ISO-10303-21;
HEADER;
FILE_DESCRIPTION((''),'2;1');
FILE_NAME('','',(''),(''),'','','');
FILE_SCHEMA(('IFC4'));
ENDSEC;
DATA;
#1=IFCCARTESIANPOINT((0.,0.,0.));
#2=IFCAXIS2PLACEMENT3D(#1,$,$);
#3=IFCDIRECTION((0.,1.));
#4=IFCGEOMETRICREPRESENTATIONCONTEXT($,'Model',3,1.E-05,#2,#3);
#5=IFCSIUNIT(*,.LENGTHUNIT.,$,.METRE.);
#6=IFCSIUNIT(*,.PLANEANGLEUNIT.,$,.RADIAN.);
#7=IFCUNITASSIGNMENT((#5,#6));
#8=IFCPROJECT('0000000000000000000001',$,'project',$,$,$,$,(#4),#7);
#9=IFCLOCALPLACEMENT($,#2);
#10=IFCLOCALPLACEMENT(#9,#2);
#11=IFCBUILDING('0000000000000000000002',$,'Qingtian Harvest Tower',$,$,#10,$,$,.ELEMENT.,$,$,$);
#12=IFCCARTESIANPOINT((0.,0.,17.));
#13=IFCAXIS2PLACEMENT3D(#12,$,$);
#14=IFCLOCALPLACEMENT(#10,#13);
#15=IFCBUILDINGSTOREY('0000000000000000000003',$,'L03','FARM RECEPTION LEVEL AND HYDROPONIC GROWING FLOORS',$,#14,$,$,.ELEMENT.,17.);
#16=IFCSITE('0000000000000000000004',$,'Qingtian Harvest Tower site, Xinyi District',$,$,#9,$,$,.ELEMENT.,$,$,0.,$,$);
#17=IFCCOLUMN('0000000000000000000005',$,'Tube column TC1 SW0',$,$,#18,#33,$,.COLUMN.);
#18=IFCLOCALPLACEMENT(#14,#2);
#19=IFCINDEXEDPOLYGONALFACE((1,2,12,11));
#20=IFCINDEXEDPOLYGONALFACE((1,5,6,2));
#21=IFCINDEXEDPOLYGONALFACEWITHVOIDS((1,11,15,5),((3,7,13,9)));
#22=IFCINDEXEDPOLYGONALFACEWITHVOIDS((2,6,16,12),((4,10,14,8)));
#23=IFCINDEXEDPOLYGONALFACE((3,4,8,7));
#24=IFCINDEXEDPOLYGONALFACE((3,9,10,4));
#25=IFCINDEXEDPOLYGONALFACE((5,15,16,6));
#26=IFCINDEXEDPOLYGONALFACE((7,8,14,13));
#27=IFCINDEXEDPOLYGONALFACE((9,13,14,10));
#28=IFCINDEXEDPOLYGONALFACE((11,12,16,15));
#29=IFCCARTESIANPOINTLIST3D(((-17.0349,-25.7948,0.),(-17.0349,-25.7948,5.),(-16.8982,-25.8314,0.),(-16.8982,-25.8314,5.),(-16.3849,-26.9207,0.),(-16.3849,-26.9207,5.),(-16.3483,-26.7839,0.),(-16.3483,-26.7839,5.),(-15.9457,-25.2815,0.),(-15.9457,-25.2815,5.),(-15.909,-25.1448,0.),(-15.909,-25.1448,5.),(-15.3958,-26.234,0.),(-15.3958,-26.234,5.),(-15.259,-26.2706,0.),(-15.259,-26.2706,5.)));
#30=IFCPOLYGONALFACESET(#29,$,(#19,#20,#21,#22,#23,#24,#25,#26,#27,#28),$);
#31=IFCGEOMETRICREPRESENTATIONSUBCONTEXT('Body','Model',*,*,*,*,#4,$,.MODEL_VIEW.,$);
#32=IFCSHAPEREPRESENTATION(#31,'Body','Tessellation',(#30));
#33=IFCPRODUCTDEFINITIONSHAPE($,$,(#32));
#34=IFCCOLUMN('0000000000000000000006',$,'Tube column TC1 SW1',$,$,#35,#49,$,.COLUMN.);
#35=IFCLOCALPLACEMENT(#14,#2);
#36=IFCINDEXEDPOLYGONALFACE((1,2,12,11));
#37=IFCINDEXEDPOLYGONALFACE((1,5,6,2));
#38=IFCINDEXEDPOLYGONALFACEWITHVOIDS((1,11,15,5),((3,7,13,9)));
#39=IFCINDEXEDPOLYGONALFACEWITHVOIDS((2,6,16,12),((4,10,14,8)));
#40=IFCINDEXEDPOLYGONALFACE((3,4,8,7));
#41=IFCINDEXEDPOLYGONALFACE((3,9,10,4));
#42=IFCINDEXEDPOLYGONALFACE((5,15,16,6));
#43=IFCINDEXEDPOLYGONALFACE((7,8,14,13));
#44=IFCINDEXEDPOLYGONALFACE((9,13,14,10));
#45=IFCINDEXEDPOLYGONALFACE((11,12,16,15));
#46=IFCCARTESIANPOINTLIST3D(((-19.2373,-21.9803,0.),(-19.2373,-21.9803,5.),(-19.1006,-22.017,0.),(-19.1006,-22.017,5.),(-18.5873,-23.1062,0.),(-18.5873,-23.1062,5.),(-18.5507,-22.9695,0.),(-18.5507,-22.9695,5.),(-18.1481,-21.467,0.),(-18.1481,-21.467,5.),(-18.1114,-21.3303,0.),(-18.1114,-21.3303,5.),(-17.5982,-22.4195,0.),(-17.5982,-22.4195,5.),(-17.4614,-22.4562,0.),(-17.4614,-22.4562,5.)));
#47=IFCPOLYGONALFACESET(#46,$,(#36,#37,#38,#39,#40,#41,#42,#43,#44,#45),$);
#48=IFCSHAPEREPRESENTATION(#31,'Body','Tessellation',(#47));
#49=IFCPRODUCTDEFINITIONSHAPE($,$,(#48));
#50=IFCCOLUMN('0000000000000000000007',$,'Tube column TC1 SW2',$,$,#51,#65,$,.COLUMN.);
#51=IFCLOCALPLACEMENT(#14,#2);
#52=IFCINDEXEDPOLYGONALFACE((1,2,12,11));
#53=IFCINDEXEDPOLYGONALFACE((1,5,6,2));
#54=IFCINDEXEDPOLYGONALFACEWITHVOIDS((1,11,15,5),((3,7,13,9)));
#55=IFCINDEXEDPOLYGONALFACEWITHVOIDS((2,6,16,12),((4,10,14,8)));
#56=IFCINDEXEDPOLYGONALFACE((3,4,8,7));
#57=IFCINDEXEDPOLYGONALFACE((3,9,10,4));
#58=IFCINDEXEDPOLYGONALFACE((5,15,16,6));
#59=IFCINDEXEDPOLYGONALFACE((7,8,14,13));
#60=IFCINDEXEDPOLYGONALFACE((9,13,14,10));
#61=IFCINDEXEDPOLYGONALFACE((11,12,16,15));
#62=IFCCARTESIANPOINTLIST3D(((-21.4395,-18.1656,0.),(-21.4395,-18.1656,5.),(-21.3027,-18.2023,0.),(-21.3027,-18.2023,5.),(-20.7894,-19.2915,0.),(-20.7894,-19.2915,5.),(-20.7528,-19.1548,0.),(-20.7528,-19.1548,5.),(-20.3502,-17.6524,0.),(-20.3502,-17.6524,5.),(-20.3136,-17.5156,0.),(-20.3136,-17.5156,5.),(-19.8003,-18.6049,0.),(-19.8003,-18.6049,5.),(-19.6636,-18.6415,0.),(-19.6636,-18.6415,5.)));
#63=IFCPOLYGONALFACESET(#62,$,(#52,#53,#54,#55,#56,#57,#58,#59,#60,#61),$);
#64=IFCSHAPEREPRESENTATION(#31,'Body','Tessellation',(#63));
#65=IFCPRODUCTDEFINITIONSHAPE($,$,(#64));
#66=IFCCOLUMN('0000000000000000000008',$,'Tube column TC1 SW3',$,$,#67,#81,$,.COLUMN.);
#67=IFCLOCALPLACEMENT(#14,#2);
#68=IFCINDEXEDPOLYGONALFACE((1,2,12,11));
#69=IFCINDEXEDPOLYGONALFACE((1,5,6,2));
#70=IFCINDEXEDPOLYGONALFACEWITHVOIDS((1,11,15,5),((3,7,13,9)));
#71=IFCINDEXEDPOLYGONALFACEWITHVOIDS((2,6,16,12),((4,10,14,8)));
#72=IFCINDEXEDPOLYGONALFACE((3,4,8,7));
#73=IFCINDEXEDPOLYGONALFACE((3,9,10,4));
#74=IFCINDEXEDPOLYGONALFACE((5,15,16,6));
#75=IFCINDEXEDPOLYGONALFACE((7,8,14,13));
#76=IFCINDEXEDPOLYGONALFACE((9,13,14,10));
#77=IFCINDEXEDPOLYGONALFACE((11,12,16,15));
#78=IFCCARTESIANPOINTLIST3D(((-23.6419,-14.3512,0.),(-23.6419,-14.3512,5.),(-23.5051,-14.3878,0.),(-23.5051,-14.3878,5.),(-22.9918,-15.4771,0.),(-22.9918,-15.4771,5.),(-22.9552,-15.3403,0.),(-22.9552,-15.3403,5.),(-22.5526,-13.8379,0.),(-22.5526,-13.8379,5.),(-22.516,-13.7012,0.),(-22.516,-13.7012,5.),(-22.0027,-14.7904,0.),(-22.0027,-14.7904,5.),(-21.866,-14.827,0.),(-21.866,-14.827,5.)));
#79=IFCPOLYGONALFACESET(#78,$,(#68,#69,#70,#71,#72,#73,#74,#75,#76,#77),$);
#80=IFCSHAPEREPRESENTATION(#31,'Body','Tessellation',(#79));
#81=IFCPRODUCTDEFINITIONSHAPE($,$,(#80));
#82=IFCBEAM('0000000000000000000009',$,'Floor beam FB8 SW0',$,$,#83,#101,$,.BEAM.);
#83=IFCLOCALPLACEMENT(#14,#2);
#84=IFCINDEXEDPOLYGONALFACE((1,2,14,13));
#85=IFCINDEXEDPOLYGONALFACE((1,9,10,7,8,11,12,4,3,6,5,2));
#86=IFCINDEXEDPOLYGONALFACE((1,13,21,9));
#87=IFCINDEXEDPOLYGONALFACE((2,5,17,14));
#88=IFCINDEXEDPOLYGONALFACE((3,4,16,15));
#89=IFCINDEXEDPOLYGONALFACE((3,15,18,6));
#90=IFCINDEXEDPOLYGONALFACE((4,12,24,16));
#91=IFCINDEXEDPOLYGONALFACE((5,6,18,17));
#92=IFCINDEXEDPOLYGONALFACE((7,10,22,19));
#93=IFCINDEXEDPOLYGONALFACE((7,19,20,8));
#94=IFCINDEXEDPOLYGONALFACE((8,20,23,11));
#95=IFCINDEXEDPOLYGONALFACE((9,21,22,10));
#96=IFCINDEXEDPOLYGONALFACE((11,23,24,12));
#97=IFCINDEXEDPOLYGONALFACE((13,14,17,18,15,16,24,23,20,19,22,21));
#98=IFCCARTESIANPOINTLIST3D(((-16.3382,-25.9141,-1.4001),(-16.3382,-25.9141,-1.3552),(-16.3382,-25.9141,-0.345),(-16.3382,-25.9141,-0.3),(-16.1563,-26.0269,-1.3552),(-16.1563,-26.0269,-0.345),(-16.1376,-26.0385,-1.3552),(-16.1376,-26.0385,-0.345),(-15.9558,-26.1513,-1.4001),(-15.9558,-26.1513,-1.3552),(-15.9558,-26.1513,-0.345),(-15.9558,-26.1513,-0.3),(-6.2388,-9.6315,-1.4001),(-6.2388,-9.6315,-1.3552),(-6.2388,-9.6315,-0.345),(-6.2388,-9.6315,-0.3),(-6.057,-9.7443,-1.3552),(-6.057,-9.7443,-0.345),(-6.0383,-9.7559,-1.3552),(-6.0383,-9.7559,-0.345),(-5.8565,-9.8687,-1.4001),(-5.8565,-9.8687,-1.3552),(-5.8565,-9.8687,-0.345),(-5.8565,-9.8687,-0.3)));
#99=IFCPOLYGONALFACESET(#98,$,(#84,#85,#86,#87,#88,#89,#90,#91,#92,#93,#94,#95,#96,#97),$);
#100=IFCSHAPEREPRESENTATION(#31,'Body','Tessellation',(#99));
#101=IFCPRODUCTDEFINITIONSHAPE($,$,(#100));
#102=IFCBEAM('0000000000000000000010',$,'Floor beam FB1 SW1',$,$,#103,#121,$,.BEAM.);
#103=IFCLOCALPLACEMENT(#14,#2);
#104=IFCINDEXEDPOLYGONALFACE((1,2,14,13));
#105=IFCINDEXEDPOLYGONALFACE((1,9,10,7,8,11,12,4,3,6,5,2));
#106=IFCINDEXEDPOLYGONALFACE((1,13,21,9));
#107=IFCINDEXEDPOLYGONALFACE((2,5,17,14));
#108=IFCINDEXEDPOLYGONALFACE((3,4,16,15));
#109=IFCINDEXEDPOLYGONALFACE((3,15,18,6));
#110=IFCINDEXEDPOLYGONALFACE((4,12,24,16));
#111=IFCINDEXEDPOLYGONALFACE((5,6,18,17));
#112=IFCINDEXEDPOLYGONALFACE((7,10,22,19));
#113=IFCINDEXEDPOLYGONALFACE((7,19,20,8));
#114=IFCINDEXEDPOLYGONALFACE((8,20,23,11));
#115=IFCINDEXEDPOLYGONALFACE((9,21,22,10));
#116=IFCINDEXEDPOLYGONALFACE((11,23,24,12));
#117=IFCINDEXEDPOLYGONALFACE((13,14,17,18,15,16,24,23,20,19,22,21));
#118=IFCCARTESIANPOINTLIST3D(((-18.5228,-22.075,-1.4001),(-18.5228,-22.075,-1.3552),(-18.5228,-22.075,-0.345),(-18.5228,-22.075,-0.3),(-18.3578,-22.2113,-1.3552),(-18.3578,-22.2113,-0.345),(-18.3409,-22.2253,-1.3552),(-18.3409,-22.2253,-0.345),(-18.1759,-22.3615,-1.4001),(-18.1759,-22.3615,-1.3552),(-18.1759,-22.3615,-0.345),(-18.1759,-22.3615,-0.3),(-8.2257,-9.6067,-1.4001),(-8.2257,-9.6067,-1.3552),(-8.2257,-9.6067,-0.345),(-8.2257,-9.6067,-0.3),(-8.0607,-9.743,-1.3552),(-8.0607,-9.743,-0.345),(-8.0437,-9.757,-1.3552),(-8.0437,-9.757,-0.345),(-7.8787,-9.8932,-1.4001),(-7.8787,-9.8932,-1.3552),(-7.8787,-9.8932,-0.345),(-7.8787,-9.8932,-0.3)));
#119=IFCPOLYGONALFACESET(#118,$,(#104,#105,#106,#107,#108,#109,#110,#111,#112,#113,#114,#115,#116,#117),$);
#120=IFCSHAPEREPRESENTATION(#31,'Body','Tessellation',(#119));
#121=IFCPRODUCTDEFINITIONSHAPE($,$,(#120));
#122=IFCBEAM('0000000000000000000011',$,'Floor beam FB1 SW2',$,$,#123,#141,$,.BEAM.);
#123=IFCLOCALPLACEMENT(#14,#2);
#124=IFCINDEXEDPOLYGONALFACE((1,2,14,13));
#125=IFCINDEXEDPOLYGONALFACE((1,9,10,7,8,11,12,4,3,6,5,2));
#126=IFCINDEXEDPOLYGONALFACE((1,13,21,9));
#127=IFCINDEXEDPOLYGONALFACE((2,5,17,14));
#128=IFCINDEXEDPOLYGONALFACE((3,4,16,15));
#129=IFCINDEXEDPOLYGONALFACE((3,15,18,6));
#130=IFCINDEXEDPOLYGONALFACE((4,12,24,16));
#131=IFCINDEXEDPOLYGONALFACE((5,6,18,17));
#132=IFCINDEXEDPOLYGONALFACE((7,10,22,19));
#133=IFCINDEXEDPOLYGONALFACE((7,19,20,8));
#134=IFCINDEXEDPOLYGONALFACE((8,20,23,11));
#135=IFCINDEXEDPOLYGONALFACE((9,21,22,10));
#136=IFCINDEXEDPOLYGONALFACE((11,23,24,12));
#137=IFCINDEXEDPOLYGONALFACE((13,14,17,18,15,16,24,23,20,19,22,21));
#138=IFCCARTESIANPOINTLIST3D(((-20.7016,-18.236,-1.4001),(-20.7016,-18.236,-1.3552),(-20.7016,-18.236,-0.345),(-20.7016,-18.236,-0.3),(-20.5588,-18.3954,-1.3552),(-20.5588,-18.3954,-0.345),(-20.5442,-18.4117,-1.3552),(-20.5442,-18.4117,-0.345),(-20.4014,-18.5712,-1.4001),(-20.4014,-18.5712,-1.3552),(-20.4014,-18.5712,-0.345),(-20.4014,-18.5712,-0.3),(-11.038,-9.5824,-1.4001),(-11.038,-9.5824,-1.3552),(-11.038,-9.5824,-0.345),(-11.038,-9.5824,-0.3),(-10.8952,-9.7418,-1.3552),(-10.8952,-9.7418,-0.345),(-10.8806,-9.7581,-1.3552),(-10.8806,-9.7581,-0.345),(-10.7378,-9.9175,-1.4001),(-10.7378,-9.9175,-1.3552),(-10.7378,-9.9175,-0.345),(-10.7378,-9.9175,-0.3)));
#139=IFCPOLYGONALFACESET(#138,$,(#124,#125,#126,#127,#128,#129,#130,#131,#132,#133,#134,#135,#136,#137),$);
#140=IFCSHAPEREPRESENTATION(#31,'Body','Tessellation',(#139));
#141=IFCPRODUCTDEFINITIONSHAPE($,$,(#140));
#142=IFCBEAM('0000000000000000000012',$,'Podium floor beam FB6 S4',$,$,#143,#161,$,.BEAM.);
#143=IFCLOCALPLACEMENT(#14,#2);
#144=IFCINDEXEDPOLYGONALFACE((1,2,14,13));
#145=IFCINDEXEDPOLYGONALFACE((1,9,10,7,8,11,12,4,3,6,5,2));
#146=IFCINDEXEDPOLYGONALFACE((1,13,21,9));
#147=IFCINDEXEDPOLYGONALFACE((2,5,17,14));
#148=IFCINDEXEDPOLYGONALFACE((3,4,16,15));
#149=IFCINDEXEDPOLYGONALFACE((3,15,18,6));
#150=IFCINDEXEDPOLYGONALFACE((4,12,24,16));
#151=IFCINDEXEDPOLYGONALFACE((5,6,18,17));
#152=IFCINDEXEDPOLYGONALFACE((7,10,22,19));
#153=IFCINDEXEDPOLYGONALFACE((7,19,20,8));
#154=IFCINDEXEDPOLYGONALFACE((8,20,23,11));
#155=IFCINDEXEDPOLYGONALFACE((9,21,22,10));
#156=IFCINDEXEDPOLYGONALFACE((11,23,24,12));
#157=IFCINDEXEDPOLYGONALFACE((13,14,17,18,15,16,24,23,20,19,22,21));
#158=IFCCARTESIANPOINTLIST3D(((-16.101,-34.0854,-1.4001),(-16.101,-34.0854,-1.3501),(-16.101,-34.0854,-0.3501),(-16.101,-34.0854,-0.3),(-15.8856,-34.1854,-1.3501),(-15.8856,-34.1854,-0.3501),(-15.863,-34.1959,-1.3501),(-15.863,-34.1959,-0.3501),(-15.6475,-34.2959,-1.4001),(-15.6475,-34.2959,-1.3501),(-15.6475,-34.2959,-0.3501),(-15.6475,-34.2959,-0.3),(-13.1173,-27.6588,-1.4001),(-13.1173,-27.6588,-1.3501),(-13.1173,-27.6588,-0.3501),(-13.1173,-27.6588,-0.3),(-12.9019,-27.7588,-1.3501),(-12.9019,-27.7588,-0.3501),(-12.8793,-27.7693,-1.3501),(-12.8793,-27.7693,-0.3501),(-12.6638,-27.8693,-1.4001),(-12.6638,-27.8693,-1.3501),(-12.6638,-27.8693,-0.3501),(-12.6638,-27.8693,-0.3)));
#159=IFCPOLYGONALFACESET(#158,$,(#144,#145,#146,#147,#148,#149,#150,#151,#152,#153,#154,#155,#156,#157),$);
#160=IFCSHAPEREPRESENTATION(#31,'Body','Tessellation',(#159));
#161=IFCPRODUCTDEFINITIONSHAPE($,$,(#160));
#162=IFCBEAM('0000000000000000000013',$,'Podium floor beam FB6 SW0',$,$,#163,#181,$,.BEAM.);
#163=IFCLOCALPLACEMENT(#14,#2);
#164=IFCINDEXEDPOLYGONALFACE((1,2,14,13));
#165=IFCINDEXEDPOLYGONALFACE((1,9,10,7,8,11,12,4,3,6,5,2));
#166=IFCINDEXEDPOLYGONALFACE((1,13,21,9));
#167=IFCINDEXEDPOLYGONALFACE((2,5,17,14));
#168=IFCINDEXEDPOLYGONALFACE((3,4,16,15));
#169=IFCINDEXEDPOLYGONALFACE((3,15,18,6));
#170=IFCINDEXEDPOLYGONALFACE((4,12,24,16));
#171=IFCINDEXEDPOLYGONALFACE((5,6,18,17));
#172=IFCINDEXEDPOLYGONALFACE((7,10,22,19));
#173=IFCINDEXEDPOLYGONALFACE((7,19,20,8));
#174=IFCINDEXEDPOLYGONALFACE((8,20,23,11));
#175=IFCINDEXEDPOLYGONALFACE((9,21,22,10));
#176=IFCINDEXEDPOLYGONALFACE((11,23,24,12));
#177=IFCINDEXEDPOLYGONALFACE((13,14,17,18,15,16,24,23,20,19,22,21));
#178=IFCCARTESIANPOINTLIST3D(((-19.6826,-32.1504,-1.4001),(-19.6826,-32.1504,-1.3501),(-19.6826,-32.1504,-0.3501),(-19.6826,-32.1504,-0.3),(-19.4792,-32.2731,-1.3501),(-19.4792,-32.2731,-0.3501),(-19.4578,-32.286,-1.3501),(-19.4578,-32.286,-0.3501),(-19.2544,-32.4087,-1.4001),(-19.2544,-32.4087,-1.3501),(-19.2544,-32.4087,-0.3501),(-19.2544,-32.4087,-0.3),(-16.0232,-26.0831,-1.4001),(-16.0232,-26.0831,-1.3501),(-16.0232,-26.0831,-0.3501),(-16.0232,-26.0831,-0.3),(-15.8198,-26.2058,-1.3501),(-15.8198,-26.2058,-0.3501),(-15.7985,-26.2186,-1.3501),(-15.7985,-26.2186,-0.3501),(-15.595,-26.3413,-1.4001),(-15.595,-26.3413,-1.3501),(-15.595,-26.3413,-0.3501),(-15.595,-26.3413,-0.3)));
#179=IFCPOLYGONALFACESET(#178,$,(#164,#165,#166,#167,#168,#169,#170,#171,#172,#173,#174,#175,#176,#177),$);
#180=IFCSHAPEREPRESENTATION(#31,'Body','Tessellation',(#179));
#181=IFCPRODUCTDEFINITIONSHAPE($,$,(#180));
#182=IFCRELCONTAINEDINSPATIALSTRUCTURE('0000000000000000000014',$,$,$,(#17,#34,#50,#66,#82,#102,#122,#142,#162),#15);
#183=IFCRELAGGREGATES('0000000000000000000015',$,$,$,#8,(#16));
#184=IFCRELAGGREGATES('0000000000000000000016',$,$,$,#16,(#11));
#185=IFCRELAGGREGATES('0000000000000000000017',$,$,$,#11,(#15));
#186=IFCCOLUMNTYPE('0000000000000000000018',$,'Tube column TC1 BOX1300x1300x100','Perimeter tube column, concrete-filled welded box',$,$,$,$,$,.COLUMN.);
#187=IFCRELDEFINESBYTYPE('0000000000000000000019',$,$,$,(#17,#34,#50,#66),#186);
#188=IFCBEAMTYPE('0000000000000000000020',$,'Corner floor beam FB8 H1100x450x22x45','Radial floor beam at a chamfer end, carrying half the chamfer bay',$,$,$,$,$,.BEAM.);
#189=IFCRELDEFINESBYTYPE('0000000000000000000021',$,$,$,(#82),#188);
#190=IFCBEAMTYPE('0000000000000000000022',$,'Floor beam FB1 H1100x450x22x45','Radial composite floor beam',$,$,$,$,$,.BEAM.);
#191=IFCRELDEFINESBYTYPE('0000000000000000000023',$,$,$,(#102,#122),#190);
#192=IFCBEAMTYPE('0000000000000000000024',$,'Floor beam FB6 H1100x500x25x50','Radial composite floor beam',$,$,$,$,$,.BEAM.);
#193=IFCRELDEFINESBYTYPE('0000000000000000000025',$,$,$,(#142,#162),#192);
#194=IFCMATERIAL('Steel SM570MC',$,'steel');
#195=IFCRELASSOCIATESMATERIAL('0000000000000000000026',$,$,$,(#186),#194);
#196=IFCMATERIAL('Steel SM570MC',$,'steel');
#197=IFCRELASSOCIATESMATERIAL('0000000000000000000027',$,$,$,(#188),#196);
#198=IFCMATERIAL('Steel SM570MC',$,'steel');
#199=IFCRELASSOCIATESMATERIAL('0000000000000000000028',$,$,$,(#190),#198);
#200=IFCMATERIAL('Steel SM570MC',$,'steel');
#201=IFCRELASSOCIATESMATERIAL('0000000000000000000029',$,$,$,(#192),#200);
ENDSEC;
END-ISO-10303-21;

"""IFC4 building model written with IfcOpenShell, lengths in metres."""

from ifc_helpers import new_model, si_unit, direction, frame, origin, origin_2d, place, context, subcontext, project, spatial, hollow_rectangle, i_section, extrude, material, material_profile, profile_set, type_object, element, save


model = new_model("IFC4")

# Units and contexts
model_context = context("Model", 3, precision=1e-05, world=origin(), true_north=direction((0.0, 1.0)))
body_context = subcontext(model_context, "Body", "Model", "MODEL_VIEW")
ifc_project = project(units=[si_unit("LENGTHUNIT", "METRE"), si_unit("PLANEANGLEUNIT", "RADIAN")], contexts=[model_context])

# Site, building, storey
site_placement = place(None, origin())
site = spatial("IfcSite", under=ifc_project, at=site_placement, Name="Qingtian Harvest Tower site, Xinyi District", CompositionType="ELEMENT", RefElevation=0.0)
building_placement = place(site_placement, origin())
building = spatial("IfcBuilding", under=site, at=building_placement, Name="Qingtian Harvest Tower", CompositionType="ELEMENT")
storey_placement = place(building_placement, frame((0.0, 0.0, 17.0)))
storey = spatial("IfcBuildingStorey", under=building, at=storey_placement, Name="L03", Description="FARM RECEPTION LEVEL AND HYDROPONIC GROWING FLOORS", CompositionType="ELEMENT", Elevation=17.0)

# Columns
ifc_material_1 = material(Name="Steel SM570MC", Category="steel")
ifc_material_profile_1 = material_profile(ifc_material_1, hollow_rectangle(XDim=1.3, YDim=1.3, WallThickness=0.1001, at=origin_2d()), Name="BOX1300x1300x100")
ifc_profile_set_1 = profile_set([ifc_material_profile_1], Name="Steel SM570MC")
column_type = type_object("IfcColumnType", Name="Tube column TC1 BOX1300x1300x100", Description="Perimeter tube column, concrete-filled welded box", PredefinedType="COLUMN", material=ifc_profile_set_1)
for number, where, z_axis, x_axis, name in (
    (1, (-16.147, -26.0327, 0.0), (0.0, 0.0, 1.0), (0.5, -0.866025, 0.0), "Tube column TC1 SW0"),
    (2, (-18.3494, -22.2183, 0.0), (0.0, 0.0, 1.0), (0.5, -0.866025, 0.0), "Tube column TC1 SW1"),
    (3, (-20.5515, -18.4036, 0.0), (0.0, 0.0, 1.0), (0.5, -0.866025, 0.0), "Tube column TC1 SW2"),
    (4, (-22.7539, -14.5891, 0.0), (0.0, 0.0, 1.0), (0.5, -0.866025, 0.0), "Tube column TC1 SW3"),
):
    element("IfcColumn", number, at=place(storey_placement, frame(where, z_axis=z_axis, x_axis=x_axis)), inside=storey, type_object=column_type, Name=name, PredefinedType="COLUMN", context=body_context, shape_type="SweptSolid", body=[
        extrude(hollow_rectangle(XDim=1.3, YDim=1.3, WallThickness=0.1001, at=origin_2d()), origin(), (0.0, 0.0, 1.0), 5.0),
    ])

# Beams
ifc_material_2 = material(Name="Steel SM570MC", Category="steel")
ifc_material_profile_2 = material_profile(ifc_material_2, i_section(OverallWidth=0.45, OverallDepth=1.1001, WebThickness=0.022, FlangeThickness=0.0449, at=origin_2d()), Name="H1100x450x22x45")
ifc_profile_set_2 = profile_set([ifc_material_profile_2], Name="Steel SM570MC")
beam_type_1 = type_object("IfcBeamType", Name="Corner floor beam FB8 H1100x450x22x45", Description="Radial floor beam at a chamfer end, carrying half the chamfer bay", PredefinedType="BEAM", material=ifc_profile_set_2)
beam_1_placement = place(storey_placement, frame((-16.147, -26.0327, -0.8501), z_axis=(0.527094, 0.849807, 0.0), x_axis=(-0.849807, 0.527094, 0.0)))
element("IfcBeam", 5, at=beam_1_placement, inside=storey, type_object=beam_type_1, Name="Floor beam FB8 SW0", PredefinedType="BEAM", context=body_context, shape_type="SweptSolid", body=[
    extrude(i_section(OverallWidth=0.45, OverallDepth=1.1001, WebThickness=0.022, FlangeThickness=0.0449, at=origin_2d()), origin(), (0.0, 0.0, 1.0), 19.1604),
])
ifc_material_3 = material(Name="Steel SM570MC", Category="steel")
ifc_material_profile_3 = material_profile(ifc_material_3, i_section(OverallWidth=0.45, OverallDepth=1.1001, WebThickness=0.022, FlangeThickness=0.0449, at=origin_2d()), Name="H1100x450x22x45")
ifc_profile_set_3 = profile_set([ifc_material_profile_3], Name="Steel SM570MC")
beam_type_2 = type_object("IfcBeamType", Name="Floor beam FB1 H1100x450x22x45", Description="Radial composite floor beam", PredefinedType="BEAM", material=ifc_profile_set_3)
beam_2_placement = place(storey_placement, frame((-18.3494, -22.2183, -0.8501), z_axis=(0.63678, 0.771045, 0.0), x_axis=(-0.771045, 0.63678, 0.0)))
element("IfcBeam", 6, at=beam_2_placement, inside=storey, type_object=beam_type_2, Name="Floor beam FB1 SW1", PredefinedType="BEAM", context=body_context, shape_type="SweptSolid", body=[
    extrude(i_section(OverallWidth=0.45, OverallDepth=1.1001, WebThickness=0.022, FlangeThickness=0.0449, at=origin_2d()), origin(), (0.0, 0.0, 1.0), 16.1707),
])
beam_3_placement = place(storey_placement, frame((-20.5515, -18.4036, -0.8501), z_axis=(0.744965, 0.667103, 0.0), x_axis=(-0.667103, 0.744965, 0.0)))
element("IfcBeam", 7, at=beam_3_placement, inside=storey, type_object=beam_type_2, Name="Floor beam FB1 SW2", PredefinedType="BEAM", context=body_context, shape_type="SweptSolid", body=[
    extrude(i_section(OverallWidth=0.45, OverallDepth=1.1001, WebThickness=0.022, FlangeThickness=0.0449, at=origin_2d()), origin(), (0.0, 0.0, 1.0), 12.9719),
])
ifc_material_4 = material(Name="Steel SM570MC", Category="steel")
ifc_material_profile_4 = material_profile(ifc_material_4, i_section(OverallWidth=0.5, OverallDepth=1.1001, WebThickness=0.0249, FlangeThickness=0.05, at=origin_2d()), Name="H1100x500x25x50")
ifc_profile_set_4 = profile_set([ifc_material_profile_4], Name="Steel SM570MC")
beam_type_3 = type_object("IfcBeamType", Name="Floor beam FB6 H1100x500x25x50", Description="Radial composite floor beam", PredefinedType="BEAM", material=ifc_profile_set_4)
for number, where, z_axis, x_axis, name in (
    (8, (-15.8743, -34.1907, -0.8501), (0.4211, 0.907014, 0.0), (-0.907014, 0.4211, 0.0), "Podium floor beam FB6 S4"),
    (9, (-19.4685, -32.2795, -0.8501), (0.516465, 0.856308, 0.0), (-0.856308, 0.516465, 0.0), "Podium floor beam FB6 SW0"),
):
    element("IfcBeam", number, at=place(storey_placement, frame(where, z_axis=z_axis, x_axis=x_axis)), inside=storey, type_object=beam_type_3, Name=name, PredefinedType="BEAM", context=body_context, shape_type="SweptSolid", body=[
        extrude(i_section(OverallWidth=0.5, OverallDepth=1.1001, WebThickness=0.0249, FlangeThickness=0.05, at=origin_2d()), origin(), (0.0, 0.0, 1.0), 7.0854),
    ])

save(model, "model.ifc")
